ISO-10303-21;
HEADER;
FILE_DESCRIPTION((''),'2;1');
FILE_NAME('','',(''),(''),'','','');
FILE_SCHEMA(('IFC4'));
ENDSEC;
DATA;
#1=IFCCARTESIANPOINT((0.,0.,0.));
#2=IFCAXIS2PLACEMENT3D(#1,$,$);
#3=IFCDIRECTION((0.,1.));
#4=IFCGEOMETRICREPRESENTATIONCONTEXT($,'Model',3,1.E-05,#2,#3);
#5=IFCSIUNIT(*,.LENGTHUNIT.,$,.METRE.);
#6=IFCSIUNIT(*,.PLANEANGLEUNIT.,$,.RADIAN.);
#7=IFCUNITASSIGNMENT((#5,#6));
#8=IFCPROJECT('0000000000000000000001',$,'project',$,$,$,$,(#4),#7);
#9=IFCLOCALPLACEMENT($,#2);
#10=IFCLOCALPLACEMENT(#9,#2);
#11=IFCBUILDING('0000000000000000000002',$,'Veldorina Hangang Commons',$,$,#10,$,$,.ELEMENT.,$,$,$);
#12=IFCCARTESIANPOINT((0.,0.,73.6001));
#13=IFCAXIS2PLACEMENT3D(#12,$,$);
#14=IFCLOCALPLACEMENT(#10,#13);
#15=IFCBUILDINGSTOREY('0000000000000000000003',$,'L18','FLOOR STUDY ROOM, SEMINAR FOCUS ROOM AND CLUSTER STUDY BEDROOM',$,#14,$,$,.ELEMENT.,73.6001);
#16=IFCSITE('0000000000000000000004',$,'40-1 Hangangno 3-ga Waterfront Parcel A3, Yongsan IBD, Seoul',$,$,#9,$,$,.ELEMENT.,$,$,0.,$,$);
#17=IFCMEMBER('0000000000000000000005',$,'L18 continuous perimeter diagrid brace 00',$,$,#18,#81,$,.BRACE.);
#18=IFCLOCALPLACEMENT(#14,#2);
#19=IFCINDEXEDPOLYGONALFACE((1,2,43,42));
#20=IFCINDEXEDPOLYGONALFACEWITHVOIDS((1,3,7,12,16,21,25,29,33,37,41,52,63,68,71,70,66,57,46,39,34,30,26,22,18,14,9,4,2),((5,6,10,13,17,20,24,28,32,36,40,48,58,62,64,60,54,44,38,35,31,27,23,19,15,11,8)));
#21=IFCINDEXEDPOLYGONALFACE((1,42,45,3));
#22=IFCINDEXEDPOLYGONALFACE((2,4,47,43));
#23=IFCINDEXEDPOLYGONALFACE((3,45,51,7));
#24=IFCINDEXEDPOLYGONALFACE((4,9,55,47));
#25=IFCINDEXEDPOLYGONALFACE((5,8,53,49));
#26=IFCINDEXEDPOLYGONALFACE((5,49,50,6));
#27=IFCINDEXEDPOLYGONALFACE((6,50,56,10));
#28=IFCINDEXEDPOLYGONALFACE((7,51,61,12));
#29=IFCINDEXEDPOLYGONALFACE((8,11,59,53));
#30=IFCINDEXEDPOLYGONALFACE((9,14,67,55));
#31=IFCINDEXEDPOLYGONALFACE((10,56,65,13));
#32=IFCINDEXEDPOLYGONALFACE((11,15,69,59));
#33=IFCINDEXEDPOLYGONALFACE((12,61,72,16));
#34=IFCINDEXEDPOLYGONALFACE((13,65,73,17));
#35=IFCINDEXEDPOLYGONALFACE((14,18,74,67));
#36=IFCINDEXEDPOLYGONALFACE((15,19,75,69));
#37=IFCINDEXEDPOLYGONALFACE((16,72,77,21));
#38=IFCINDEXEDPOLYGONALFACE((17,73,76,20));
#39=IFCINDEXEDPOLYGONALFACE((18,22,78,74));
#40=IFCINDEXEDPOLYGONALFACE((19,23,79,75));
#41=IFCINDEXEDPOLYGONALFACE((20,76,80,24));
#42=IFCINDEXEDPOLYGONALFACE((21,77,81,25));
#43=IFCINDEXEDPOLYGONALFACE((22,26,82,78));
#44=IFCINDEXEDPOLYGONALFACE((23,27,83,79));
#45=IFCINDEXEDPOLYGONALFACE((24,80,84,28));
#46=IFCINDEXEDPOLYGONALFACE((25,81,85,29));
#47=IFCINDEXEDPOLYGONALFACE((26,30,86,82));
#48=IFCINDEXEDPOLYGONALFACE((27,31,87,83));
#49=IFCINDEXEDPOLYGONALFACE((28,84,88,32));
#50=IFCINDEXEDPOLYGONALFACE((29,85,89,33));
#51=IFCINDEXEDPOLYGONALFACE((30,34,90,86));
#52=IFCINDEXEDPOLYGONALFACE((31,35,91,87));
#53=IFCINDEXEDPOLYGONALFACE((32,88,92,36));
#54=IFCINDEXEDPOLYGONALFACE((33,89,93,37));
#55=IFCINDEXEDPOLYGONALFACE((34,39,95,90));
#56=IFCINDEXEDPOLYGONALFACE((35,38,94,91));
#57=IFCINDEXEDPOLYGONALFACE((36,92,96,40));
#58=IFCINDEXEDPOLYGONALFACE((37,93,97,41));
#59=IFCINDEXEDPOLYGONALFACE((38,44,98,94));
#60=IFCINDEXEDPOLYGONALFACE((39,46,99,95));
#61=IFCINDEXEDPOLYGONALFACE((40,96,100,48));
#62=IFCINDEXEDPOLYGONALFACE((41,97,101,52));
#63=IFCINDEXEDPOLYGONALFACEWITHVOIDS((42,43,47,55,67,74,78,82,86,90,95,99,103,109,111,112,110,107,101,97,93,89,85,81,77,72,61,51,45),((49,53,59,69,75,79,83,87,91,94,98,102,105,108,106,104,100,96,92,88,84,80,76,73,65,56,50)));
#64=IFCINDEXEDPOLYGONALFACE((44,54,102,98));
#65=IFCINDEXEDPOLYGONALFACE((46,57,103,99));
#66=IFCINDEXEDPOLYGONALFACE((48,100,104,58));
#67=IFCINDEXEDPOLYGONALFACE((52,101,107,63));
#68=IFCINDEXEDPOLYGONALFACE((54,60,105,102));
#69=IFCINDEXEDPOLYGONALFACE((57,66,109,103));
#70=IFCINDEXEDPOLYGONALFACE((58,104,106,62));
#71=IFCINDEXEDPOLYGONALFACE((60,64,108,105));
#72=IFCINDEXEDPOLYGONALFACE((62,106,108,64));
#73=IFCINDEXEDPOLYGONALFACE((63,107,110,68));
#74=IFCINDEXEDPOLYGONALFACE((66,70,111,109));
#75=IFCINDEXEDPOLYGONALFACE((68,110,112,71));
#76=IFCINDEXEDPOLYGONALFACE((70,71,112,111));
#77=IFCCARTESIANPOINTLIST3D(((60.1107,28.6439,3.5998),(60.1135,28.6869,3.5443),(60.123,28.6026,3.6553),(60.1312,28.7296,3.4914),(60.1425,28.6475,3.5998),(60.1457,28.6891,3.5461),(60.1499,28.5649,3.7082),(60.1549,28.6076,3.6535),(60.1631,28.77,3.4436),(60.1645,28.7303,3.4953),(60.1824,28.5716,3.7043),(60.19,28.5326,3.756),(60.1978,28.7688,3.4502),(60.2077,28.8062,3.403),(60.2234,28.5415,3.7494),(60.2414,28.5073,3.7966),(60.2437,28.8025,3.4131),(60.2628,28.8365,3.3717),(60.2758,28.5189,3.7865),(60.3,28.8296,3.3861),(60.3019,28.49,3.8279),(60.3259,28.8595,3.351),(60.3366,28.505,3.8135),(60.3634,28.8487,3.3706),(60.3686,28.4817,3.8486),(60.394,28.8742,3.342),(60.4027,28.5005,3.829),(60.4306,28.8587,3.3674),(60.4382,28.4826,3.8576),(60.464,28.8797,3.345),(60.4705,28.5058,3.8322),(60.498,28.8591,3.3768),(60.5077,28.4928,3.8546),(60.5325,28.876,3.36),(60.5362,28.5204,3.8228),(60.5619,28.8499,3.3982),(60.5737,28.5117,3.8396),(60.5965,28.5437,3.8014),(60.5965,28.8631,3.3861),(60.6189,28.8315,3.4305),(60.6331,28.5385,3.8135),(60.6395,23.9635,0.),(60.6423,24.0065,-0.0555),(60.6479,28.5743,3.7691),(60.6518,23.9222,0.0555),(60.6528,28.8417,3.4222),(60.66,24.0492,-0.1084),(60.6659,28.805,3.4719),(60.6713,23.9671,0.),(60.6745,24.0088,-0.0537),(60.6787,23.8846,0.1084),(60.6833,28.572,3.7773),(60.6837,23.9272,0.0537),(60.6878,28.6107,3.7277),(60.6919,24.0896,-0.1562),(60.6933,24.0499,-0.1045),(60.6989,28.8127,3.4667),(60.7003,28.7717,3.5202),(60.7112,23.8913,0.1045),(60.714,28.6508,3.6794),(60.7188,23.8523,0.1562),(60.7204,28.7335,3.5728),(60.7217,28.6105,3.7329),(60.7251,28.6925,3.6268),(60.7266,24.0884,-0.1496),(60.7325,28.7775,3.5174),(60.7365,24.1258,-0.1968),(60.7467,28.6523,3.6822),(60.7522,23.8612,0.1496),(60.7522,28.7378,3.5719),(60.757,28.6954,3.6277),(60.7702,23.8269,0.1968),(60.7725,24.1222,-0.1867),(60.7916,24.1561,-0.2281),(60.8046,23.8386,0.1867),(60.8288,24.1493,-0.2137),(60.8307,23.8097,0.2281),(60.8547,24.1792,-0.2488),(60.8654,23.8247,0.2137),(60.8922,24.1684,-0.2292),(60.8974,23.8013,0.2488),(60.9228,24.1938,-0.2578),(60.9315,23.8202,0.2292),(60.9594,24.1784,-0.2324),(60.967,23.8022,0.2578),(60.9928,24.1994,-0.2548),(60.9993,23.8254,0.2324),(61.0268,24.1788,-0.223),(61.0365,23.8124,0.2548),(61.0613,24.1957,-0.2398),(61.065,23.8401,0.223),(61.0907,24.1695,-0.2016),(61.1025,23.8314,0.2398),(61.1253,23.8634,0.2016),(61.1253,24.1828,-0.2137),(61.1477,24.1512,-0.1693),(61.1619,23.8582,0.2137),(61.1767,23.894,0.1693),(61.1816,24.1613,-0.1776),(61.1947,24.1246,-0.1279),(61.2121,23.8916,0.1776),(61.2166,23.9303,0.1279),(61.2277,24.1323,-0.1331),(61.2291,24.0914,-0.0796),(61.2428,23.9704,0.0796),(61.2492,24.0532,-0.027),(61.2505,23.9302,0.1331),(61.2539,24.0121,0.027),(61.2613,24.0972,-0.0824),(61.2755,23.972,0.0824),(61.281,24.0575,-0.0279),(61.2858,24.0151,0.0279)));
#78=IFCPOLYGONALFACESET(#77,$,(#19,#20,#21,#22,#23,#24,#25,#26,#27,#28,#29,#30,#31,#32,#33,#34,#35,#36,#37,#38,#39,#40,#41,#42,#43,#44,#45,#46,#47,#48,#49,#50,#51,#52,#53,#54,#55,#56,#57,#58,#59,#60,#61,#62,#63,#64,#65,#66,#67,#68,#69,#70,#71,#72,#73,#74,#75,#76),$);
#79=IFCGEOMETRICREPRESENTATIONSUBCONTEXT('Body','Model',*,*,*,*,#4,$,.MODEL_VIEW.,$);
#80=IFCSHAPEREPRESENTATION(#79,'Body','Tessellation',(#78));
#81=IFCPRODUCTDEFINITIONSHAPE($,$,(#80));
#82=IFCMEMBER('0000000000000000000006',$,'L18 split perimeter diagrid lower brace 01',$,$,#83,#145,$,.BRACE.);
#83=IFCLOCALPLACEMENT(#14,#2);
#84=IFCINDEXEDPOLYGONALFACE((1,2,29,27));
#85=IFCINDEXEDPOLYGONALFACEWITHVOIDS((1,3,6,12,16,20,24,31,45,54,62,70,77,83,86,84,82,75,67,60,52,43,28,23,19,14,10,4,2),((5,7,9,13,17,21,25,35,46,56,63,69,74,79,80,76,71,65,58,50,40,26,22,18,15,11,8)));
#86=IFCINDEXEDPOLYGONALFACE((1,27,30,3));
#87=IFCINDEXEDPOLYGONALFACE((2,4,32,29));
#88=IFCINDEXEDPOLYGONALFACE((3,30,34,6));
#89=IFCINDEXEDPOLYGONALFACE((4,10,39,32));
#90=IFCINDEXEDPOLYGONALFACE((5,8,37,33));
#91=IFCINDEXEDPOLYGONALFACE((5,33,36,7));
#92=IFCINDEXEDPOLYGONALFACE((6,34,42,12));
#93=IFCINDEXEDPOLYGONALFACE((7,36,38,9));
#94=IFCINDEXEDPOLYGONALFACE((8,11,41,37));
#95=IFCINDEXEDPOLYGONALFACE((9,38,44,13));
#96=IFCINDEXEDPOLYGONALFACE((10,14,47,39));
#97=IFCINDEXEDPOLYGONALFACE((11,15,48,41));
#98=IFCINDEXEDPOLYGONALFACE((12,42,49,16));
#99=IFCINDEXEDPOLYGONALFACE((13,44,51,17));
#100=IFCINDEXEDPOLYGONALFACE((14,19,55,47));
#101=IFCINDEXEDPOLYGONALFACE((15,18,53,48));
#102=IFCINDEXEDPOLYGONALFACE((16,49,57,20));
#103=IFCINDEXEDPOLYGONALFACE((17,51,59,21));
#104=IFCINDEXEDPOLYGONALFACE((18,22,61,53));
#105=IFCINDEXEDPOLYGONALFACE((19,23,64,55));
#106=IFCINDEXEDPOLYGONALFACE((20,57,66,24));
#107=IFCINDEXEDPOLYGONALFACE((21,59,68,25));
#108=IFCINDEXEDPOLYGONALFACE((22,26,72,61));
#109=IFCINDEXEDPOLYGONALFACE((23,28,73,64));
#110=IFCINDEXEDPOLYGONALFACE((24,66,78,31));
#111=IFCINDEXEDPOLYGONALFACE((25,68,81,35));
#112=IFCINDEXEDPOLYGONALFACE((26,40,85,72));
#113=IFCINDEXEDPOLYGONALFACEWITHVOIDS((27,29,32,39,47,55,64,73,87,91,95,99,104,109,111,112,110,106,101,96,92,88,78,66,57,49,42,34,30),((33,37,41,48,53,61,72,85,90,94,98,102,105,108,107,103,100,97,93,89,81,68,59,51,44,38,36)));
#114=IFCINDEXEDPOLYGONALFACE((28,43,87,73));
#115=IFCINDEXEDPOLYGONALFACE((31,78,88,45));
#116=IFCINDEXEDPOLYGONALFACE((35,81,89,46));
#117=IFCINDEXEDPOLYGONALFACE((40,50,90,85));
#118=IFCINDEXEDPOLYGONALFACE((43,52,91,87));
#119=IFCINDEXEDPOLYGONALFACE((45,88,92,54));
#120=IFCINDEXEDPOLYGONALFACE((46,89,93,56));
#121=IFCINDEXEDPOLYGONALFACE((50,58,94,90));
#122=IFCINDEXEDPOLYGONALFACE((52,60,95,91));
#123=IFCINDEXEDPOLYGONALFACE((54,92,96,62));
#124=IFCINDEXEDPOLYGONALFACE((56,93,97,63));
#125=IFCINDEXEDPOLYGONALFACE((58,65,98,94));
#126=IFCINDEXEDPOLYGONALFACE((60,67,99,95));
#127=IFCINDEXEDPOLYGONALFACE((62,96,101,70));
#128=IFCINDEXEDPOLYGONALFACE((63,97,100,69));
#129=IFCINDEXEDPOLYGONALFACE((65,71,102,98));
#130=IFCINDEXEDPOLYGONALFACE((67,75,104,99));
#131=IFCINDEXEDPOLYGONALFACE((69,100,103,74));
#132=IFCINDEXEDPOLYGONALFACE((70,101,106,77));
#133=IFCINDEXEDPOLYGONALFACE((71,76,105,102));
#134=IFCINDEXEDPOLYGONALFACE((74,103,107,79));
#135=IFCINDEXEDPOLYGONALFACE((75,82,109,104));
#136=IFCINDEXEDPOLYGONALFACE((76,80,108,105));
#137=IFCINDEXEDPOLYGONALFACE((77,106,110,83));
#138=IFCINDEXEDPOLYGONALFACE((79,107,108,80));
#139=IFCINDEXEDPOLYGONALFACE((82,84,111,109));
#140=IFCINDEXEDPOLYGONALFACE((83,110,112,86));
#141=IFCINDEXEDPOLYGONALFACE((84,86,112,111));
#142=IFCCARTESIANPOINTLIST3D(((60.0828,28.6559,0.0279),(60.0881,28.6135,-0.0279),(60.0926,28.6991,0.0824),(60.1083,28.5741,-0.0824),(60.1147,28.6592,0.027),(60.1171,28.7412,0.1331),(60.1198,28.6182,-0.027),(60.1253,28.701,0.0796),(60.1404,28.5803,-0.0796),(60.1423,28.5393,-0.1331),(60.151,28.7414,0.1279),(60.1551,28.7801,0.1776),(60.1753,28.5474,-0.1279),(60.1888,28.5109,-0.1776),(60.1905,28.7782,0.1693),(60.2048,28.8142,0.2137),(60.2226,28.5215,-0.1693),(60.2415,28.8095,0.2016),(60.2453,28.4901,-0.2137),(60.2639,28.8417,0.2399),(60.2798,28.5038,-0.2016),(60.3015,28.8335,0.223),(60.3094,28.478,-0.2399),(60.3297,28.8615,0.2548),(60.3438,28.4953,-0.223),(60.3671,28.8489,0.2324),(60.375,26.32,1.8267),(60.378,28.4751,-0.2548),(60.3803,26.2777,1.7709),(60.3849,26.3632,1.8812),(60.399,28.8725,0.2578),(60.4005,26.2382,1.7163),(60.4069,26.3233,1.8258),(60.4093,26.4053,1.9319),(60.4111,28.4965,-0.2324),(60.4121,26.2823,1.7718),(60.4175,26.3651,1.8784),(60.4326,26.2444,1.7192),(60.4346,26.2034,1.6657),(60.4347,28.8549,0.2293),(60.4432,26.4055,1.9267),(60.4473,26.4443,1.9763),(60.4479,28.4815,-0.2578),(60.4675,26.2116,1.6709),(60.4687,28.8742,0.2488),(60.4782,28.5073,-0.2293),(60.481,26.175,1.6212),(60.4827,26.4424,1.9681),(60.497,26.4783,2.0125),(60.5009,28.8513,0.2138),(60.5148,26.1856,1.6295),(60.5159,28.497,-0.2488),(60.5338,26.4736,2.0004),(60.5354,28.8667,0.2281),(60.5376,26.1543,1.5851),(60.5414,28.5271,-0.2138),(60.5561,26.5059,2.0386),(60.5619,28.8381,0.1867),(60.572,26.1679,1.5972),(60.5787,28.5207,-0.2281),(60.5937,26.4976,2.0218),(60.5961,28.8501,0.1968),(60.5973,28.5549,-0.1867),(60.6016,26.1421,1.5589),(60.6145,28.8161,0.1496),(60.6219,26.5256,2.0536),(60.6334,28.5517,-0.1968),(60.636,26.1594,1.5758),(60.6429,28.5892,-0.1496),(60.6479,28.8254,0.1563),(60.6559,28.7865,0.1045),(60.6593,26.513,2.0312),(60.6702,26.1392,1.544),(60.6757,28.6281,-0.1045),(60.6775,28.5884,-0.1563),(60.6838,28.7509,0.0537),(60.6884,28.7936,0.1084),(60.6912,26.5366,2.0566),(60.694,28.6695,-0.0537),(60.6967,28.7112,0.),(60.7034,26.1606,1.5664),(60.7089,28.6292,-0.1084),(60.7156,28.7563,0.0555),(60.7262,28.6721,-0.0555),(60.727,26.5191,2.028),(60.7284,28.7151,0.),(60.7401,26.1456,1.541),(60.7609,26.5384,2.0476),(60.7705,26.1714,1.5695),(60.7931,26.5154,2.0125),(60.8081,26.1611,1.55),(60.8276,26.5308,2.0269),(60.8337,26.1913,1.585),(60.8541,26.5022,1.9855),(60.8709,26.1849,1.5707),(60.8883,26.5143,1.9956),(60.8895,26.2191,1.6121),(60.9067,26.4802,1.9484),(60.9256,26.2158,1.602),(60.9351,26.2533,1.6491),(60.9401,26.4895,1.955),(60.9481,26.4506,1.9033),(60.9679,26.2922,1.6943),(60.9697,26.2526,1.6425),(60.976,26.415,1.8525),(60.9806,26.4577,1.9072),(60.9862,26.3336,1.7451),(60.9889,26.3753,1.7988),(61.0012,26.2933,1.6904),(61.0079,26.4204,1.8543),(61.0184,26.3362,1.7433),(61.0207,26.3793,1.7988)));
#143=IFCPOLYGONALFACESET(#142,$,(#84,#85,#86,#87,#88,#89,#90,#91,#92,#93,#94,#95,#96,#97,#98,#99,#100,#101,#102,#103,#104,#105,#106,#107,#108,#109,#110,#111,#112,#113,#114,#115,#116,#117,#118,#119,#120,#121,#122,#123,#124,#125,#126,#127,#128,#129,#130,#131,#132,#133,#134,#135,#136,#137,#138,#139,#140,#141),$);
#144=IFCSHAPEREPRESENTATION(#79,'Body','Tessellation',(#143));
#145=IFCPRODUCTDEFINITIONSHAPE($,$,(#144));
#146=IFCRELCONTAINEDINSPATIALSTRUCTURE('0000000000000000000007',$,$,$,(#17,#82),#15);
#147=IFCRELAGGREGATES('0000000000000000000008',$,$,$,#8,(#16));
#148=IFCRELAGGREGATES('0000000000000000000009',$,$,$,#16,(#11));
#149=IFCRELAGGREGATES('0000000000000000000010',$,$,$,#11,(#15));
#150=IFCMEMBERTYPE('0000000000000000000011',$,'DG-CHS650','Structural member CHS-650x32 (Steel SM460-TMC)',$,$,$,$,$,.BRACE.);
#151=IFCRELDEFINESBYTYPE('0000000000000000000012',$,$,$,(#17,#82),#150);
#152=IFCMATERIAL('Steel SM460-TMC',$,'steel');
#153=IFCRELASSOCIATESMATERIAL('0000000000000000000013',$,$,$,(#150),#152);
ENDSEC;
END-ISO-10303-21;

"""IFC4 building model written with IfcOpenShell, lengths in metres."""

from ifc_helpers import new_model, si_unit, direction, frame, origin, origin_2d, place, context, subcontext, project, spatial, hollow_circle, extrude, material, material_profile, profile_set, type_object, element, save


model = new_model("IFC4")

# Units and contexts
model_context = context("Model", 3, precision=1e-05, world=origin(), true_north=direction((0.0, 1.0)))
body_context = subcontext(model_context, "Body", "Model", "MODEL_VIEW")
ifc_project = project(units=[si_unit("LENGTHUNIT", "METRE"), si_unit("PLANEANGLEUNIT", "RADIAN")], contexts=[model_context])

# Site, building, storey
site_placement = place(None, origin())
site = spatial("IfcSite", under=ifc_project, at=site_placement, Name="40-1 Hangangno 3-ga Waterfront Parcel A3, Yongsan IBD, Seoul", CompositionType="ELEMENT", RefElevation=0.0)
building_placement = place(site_placement, origin())
building = spatial("IfcBuilding", under=site, at=building_placement, Name="Veldorina Hangang Commons", CompositionType="ELEMENT")
storey_placement = place(building_placement, frame((0.0, 0.0, 73.6001)))
storey = spatial("IfcBuildingStorey", under=building, at=storey_placement, Name="L18", Description="FLOOR STUDY ROOM, SEMINAR FOCUS ROOM AND CLUSTER STUDY BEDROOM", CompositionType="ELEMENT", Elevation=73.6001)

# Members
ifc_material_1 = material(Name="Steel SM460-TMC", Category="steel")
ifc_material_profile_1 = material_profile(ifc_material_1, hollow_circle(Radius=0.325, WallThickness=0.032, at=origin_2d()), Name="CHS-650x32")
ifc_profile_set_1 = profile_set([ifc_material_profile_1], Name="Steel SM460-TMC")
member_type = type_object("IfcMemberType", Name="DG-CHS650", Description="Structural member CHS-650x32 (Steel SM460-TMC)", PredefinedType="BRACE", material=ifc_profile_set_1)
member_1_placement = place(storey_placement, frame((60.9624, 24.0, 0.0), z_axis=(-0.0892, 0.789503, 0.607231), x_axis=(-0.993678, -0.112269, 0.0)))
element("IfcMember", 1, at=member_1_placement, inside=storey, type_object=member_type, Name="L18 continuous perimeter diagrid brace 00", PredefinedType="BRACE", context=body_context, shape_type="SweptSolid", body=[
    extrude(hollow_circle(Radius=0.325, WallThickness=0.032, at=origin_2d()), origin(), (0.0, 0.0, 1.0), 5.9282),
])
member_2_placement = place(storey_placement, frame((60.406, 28.6748, 0.0), z_axis=(0.098637, -0.78844, 0.607152), x_axis=(0.992265, 0.124137, 0.0)))
element("IfcMember", 2, at=member_2_placement, inside=storey, type_object=member_type, Name="L18 split perimeter diagrid lower brace 01", PredefinedType="BRACE", context=body_context, shape_type="SweptSolid", body=[
    extrude(hollow_circle(Radius=0.325, WallThickness=0.032, at=origin_2d()), origin(), (0.0, 0.0, 1.0), 2.9626),
])

save(model, "model.ifc")
